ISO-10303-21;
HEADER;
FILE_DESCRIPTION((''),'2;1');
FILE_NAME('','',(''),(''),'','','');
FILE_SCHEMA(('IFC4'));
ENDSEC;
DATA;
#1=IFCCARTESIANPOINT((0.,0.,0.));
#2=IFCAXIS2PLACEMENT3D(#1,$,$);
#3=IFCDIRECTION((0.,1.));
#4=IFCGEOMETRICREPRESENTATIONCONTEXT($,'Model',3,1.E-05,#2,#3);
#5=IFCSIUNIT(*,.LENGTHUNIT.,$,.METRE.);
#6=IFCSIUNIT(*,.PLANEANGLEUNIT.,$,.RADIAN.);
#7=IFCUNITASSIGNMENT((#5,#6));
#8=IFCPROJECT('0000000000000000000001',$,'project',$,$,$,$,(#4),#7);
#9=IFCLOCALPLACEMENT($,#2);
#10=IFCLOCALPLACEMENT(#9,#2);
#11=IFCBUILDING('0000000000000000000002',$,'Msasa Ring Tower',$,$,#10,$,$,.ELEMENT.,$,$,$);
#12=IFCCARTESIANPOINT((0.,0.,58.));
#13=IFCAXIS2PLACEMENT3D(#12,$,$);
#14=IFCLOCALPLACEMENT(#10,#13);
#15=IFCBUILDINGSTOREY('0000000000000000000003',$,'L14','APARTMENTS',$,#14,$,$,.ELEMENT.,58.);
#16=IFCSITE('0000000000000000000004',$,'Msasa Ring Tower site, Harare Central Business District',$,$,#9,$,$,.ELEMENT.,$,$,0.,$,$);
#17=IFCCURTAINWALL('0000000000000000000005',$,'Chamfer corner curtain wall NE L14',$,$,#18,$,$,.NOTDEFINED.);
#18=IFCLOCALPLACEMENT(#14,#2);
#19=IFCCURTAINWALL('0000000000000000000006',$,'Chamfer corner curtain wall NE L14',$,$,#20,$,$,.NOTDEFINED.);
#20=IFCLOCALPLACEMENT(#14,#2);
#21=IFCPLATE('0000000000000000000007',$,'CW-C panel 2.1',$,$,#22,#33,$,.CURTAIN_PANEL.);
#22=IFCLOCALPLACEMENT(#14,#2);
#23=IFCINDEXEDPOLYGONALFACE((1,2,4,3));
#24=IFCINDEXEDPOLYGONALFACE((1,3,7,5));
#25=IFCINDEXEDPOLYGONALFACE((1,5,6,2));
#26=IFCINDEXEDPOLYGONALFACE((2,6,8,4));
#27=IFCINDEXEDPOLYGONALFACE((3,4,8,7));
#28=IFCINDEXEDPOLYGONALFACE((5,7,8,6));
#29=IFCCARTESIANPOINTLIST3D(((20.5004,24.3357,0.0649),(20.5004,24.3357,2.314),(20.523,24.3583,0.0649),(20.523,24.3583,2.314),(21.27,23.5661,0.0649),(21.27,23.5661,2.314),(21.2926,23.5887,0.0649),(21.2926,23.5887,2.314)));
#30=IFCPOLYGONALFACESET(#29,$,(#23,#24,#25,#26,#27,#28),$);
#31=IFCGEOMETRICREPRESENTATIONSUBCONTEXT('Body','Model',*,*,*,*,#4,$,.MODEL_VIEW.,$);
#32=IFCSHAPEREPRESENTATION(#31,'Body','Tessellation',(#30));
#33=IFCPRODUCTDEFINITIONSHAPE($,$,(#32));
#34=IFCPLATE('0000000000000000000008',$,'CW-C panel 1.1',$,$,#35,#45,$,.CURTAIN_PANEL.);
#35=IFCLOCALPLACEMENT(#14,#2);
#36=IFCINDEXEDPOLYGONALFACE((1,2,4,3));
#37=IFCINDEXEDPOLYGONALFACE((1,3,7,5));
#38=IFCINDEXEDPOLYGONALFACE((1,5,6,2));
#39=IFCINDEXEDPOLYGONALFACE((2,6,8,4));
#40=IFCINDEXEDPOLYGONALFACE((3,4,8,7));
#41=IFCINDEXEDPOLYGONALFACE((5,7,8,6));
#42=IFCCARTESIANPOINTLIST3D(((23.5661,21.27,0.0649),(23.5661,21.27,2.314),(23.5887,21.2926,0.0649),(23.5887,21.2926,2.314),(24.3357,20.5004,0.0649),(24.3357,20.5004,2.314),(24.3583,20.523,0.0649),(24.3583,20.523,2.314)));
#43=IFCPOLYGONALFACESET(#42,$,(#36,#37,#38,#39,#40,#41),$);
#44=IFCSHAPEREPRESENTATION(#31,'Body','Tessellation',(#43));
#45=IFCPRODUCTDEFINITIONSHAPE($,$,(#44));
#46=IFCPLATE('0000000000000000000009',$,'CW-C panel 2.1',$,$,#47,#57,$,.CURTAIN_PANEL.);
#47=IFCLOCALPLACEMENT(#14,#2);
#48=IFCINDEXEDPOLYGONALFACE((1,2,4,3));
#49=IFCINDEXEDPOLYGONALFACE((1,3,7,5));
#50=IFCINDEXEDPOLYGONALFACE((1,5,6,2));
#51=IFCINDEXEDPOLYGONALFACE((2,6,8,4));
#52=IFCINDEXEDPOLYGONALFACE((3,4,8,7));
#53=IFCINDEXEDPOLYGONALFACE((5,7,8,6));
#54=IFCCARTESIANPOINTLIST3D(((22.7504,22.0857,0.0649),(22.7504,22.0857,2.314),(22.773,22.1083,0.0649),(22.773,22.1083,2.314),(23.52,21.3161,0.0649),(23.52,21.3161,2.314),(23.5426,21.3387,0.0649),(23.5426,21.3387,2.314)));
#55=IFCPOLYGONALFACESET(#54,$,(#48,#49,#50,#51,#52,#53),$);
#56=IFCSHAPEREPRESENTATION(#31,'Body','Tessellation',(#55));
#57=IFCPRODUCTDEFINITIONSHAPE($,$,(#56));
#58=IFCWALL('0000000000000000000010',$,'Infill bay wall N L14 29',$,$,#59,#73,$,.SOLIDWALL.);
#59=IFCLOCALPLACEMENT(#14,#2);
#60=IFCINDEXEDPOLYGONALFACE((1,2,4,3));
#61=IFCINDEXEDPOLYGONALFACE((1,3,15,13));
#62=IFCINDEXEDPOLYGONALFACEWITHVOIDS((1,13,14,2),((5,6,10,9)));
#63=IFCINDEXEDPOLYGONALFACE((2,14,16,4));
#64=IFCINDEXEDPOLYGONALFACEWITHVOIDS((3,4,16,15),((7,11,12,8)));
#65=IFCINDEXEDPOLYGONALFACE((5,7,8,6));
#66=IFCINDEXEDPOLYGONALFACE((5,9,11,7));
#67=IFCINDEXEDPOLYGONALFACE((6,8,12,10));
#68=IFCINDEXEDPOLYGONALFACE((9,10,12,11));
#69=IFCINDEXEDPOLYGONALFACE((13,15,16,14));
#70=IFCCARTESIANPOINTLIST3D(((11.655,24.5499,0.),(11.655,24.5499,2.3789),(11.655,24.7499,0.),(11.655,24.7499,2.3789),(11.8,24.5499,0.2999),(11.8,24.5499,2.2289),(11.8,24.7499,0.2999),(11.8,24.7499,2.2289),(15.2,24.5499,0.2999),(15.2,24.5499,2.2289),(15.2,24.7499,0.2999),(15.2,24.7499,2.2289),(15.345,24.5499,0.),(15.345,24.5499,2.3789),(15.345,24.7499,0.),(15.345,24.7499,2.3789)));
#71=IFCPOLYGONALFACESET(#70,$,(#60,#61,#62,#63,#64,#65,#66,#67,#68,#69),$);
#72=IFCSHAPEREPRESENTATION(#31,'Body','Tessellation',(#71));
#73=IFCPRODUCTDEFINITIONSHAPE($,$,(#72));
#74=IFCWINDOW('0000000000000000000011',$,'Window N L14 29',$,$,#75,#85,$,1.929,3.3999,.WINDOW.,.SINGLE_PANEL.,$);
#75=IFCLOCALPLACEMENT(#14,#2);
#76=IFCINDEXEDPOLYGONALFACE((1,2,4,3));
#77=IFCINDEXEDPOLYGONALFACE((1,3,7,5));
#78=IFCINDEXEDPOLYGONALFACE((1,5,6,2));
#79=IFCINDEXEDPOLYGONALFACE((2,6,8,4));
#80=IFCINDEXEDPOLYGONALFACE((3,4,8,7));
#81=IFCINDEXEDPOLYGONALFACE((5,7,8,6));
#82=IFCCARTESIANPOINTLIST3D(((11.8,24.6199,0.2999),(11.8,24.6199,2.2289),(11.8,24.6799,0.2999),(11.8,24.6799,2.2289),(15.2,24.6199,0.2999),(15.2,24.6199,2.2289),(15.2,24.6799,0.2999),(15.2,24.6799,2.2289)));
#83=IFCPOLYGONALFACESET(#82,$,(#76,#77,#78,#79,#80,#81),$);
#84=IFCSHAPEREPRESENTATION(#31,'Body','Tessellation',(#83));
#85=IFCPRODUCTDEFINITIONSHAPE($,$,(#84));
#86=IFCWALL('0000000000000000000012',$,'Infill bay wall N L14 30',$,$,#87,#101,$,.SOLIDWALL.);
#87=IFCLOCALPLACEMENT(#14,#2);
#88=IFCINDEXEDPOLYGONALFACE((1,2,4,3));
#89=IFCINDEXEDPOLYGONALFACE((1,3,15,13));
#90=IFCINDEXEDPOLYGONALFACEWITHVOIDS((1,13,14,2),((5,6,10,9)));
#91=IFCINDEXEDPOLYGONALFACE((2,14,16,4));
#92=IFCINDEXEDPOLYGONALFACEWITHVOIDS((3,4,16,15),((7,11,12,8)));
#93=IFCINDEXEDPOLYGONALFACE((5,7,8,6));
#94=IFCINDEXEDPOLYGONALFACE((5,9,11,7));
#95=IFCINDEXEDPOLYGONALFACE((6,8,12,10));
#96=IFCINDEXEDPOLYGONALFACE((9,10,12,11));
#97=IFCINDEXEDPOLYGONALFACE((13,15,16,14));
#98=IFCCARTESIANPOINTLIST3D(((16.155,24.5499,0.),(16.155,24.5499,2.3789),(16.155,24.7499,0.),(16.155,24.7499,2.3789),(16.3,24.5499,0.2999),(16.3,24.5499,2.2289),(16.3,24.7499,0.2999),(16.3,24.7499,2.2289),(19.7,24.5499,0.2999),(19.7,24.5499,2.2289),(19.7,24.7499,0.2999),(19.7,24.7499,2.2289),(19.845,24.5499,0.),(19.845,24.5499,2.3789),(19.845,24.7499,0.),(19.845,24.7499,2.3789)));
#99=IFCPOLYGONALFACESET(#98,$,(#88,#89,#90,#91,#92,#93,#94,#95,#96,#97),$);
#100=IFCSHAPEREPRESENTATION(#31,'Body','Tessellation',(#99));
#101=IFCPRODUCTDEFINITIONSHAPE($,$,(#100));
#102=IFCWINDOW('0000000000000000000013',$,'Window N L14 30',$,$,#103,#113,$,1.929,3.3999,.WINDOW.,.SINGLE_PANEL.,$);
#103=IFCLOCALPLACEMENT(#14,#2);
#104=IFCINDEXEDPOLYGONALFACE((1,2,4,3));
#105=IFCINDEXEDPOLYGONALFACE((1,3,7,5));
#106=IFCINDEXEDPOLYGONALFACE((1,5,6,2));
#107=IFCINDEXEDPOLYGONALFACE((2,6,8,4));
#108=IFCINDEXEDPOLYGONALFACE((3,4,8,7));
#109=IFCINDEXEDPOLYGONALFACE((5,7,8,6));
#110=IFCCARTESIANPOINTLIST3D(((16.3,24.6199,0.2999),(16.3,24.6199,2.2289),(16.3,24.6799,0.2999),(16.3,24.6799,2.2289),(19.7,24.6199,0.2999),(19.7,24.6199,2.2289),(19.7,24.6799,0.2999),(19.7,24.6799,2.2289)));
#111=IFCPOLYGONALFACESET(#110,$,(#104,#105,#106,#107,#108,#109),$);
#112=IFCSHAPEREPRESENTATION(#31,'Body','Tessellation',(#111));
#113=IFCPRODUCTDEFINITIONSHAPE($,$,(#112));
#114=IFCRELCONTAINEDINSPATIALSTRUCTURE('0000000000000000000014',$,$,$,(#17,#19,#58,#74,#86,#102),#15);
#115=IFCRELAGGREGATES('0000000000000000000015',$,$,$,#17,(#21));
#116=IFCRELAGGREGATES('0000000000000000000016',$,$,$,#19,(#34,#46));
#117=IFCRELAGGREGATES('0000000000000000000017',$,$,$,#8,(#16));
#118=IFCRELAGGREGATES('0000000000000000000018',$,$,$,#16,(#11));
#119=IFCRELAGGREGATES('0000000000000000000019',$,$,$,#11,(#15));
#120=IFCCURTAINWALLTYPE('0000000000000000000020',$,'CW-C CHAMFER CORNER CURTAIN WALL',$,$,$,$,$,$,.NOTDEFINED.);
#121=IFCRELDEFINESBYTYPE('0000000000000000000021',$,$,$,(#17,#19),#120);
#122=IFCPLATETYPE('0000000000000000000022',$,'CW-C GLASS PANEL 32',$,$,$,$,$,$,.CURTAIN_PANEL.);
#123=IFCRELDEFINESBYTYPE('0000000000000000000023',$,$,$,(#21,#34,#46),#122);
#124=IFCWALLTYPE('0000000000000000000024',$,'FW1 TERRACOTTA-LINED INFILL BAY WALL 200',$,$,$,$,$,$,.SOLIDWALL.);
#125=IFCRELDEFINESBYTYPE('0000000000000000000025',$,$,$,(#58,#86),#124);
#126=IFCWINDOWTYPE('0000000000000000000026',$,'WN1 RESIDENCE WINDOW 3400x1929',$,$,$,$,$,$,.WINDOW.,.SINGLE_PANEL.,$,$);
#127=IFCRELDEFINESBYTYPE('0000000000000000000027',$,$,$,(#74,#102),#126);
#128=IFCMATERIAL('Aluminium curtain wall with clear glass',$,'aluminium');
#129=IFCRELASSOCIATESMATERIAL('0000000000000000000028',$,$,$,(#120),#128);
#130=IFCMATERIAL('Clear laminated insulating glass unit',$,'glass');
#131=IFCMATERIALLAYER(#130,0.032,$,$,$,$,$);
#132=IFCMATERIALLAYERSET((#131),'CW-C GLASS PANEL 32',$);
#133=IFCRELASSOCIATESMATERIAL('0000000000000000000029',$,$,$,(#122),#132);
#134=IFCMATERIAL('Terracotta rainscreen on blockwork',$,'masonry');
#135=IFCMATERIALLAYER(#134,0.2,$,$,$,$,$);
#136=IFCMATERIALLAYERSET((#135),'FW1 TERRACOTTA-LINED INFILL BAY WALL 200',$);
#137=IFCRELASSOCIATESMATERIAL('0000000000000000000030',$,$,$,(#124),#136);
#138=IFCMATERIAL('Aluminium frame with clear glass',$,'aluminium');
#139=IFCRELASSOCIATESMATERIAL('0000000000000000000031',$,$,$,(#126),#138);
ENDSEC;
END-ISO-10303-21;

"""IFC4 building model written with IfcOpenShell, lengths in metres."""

from ifc_helpers import new_model, si_unit, direction, frame, frame_2d, origin, origin_2d, place, context, subcontext, project, spatial, rectangle, extrude, material, layer, layer_set, type_object, element, fill, aggregate, save


model = new_model("IFC4")

# Units and contexts
model_context = context("Model", 3, precision=1e-05, world=origin(), true_north=direction((0.0, 1.0)))
body_context = subcontext(model_context, "Body", "Model", "MODEL_VIEW")
ifc_project = project(units=[si_unit("LENGTHUNIT", "METRE"), si_unit("PLANEANGLEUNIT", "RADIAN")], contexts=[model_context])

# Site, building, storey
site_placement = place(None, origin())
site = spatial("IfcSite", under=ifc_project, at=site_placement, Name="Msasa Ring Tower site, Harare Central Business District", CompositionType="ELEMENT", RefElevation=0.0)
building_placement = place(site_placement, origin())
building = spatial("IfcBuilding", under=site, at=building_placement, Name="Msasa Ring Tower", CompositionType="ELEMENT")
storey_placement = place(building_placement, frame((0.0, 0.0, 58.0)))
storey = spatial("IfcBuildingStorey", under=building, at=storey_placement, Name="L14", Description="APARTMENTS", CompositionType="ELEMENT", Elevation=58.0)

# Curtain walls
ifc_material_1 = material(Name="Aluminium curtain wall with clear glass", Category="aluminium")
curtain_wall_type = type_object("IfcCurtainWallType", Name="CW-C CHAMFER CORNER CURTAIN WALL", PredefinedType="NOTDEFINED", material=ifc_material_1)
curtain_wall_1_placement = place(storey_placement, origin())
curtain_wall_1 = element("IfcCurtainWall", 1, at=curtain_wall_1_placement, inside=storey, type_object=curtain_wall_type, Name="Chamfer corner curtain wall NE L14", PredefinedType="NOTDEFINED")
curtain_wall_2_placement = place(storey_placement, origin())
curtain_wall_2 = element("IfcCurtainWall", 2, at=curtain_wall_2_placement, inside=storey, type_object=curtain_wall_type, Name="Chamfer corner curtain wall NE L14", PredefinedType="NOTDEFINED")

# Plates
ifc_material_2 = material(Name="Clear laminated insulating glass unit", Category="glass")
ifc_layer_1 = layer(ifc_material_2, 0.032)
ifc_layer_set_1 = layer_set([ifc_layer_1], Name="CW-C GLASS PANEL 32")
plate_type = type_object("IfcPlateType", Name="CW-C GLASS PANEL 32", PredefinedType="CURTAIN_PANEL", material=ifc_layer_set_1)
plate_1_placement = place(storey_placement, frame((20.8965, 23.9622, 0.0649), z_axis=(0.0, 0.0, 1.0), x_axis=(-0.707107, 0.707107, 0.0)))
plate_1 = element("IfcPlate", 3, at=plate_1_placement, type_object=plate_type, Name="CW-C panel 2.1", PredefinedType="CURTAIN_PANEL", context=body_context, shape_type="SweptSolid", body=[
    extrude(rectangle(XDim=1.0884, YDim=0.032, at=origin_2d()), origin(), (0.0, 0.0, 1.0), 2.249),
])
aggregate(curtain_wall_1, [plate_1])
plate_2_placement = place(storey_placement, frame((23.9622, 20.8965, 0.0649), z_axis=(0.0, 0.0, 1.0), x_axis=(-0.707107, 0.707107, 0.0)))
plate_2 = element("IfcPlate", 4, at=plate_2_placement, type_object=plate_type, Name="CW-C panel 1.1", PredefinedType="CURTAIN_PANEL", context=body_context, shape_type="SweptSolid", body=[
    extrude(rectangle(XDim=1.0884, YDim=0.032, at=origin_2d()), origin(), (0.0, 0.0, 1.0), 2.249),
])
plate_3_placement = place(storey_placement, frame((23.1465, 21.7122, 0.0649), z_axis=(0.0, 0.0, 1.0), x_axis=(-0.707107, 0.707107, 0.0)))
plate_3 = element("IfcPlate", 5, at=plate_3_placement, type_object=plate_type, Name="CW-C panel 2.1", PredefinedType="CURTAIN_PANEL", context=body_context, shape_type="SweptSolid", body=[
    extrude(rectangle(XDim=1.0884, YDim=0.032, at=origin_2d()), origin(), (0.0, 0.0, 1.0), 2.249),
])
aggregate(curtain_wall_2, [plate_2, plate_3])

# Walls, openings, windows
ifc_material_3 = material(Name="Terracotta rainscreen on blockwork", Category="masonry")
ifc_layer_2 = layer(ifc_material_3, 0.2)
ifc_layer_set_2 = layer_set([ifc_layer_2], Name="FW1 TERRACOTTA-LINED INFILL BAY WALL 200")
wall_type = type_object("IfcWallType", Name="FW1 TERRACOTTA-LINED INFILL BAY WALL 200", PredefinedType="SOLIDWALL", material=ifc_layer_set_2)
wall_1_placement = place(storey_placement, frame((11.655, 24.6499, 0.0), z_axis=(0.0, 0.0, 1.0), x_axis=(1.0, 0.0, 0.0)))
wall_1 = element("IfcWall", 6, at=wall_1_placement, inside=storey, type_object=wall_type, Name="Infill bay wall N L14 29", PredefinedType="SOLIDWALL", context=body_context, shape_type="SweptSolid", body=[
    extrude(rectangle(XDim=3.6899, YDim=0.2, at=frame_2d((1.845, 0.0))), origin(), (0.0, 0.0, 1.0), 2.3789),
])
opening_1_placement = place(wall_1_placement, frame((0.145, 0.0, 0.3)))
opening_1 = element("IfcOpeningElement", 7, at=opening_1_placement, cuts=wall_1, PredefinedType="OPENING", context=body_context, shape_type="SweptSolid", body=[
    extrude(rectangle(XDim=3.3999, YDim=1.929, at=frame_2d((1.7, 0.9644))), frame((0.0, 0.1099, 0.0), z_axis=(0.0, -1.0, 0.0), x_axis=(1.0, 0.0, 0.0)), (0.0, 0.0, 1.0), 0.22),
])
ifc_material_4 = material(Name="Aluminium frame with clear glass", Category="aluminium")
window_type = type_object("IfcWindowType", Name="WN1 RESIDENCE WINDOW 3400x1929", PartitioningType="SINGLE_PANEL", PredefinedType="WINDOW", material=ifc_material_4)
window_1_placement = place(opening_1_placement, origin())
window_1 = element("IfcWindow", 8, at=window_1_placement, inside=storey, type_object=window_type, Name="Window N L14 29", OverallHeight=1.929, OverallWidth=3.3999, PartitioningType="SINGLE_PANEL", PredefinedType="WINDOW", context=body_context, shape_type="SweptSolid", body=[
    extrude(rectangle(XDim=3.3999, YDim=1.929, at=frame_2d((1.7, 0.9644))), frame((0.0, 0.03, 0.0), z_axis=(0.0, -1.0, 0.0), x_axis=(1.0, 0.0, 0.0)), (0.0, 0.0, 1.0), 0.0601),
])
fill(opening_1, window_1)
wall_2_placement = place(storey_placement, frame((16.155, 24.6499, 0.0), z_axis=(0.0, 0.0, 1.0), x_axis=(1.0, 0.0, 0.0)))
wall_2 = element("IfcWall", 9, at=wall_2_placement, inside=storey, type_object=wall_type, Name="Infill bay wall N L14 30", PredefinedType="SOLIDWALL", context=body_context, shape_type="SweptSolid", body=[
    extrude(rectangle(XDim=3.6899, YDim=0.2, at=frame_2d((1.845, 0.0))), origin(), (0.0, 0.0, 1.0), 2.3789),
])
opening_2_placement = place(wall_2_placement, frame((0.145, 0.0, 0.3)))
opening_2 = element("IfcOpeningElement", 10, at=opening_2_placement, cuts=wall_2, PredefinedType="OPENING", context=body_context, shape_type="SweptSolid", body=[
    extrude(rectangle(XDim=3.3999, YDim=1.929, at=frame_2d((1.7, 0.9644))), frame((0.0, 0.1099, 0.0), z_axis=(0.0, -1.0, 0.0), x_axis=(1.0, 0.0, 0.0)), (0.0, 0.0, 1.0), 0.22),
])
window_2_placement = place(opening_2_placement, origin())
window_2 = element("IfcWindow", 11, at=window_2_placement, inside=storey, type_object=window_type, Name="Window N L14 30", OverallHeight=1.929, OverallWidth=3.3999, PartitioningType="SINGLE_PANEL", PredefinedType="WINDOW", context=body_context, shape_type="SweptSolid", body=[
    extrude(rectangle(XDim=3.3999, YDim=1.929, at=frame_2d((1.7, 0.9644))), frame((0.0, 0.03, 0.0), z_axis=(0.0, -1.0, 0.0), x_axis=(1.0, 0.0, 0.0)), (0.0, 0.0, 1.0), 0.0601),
])
fill(opening_2, window_2)

save(model, "model.ifc")
